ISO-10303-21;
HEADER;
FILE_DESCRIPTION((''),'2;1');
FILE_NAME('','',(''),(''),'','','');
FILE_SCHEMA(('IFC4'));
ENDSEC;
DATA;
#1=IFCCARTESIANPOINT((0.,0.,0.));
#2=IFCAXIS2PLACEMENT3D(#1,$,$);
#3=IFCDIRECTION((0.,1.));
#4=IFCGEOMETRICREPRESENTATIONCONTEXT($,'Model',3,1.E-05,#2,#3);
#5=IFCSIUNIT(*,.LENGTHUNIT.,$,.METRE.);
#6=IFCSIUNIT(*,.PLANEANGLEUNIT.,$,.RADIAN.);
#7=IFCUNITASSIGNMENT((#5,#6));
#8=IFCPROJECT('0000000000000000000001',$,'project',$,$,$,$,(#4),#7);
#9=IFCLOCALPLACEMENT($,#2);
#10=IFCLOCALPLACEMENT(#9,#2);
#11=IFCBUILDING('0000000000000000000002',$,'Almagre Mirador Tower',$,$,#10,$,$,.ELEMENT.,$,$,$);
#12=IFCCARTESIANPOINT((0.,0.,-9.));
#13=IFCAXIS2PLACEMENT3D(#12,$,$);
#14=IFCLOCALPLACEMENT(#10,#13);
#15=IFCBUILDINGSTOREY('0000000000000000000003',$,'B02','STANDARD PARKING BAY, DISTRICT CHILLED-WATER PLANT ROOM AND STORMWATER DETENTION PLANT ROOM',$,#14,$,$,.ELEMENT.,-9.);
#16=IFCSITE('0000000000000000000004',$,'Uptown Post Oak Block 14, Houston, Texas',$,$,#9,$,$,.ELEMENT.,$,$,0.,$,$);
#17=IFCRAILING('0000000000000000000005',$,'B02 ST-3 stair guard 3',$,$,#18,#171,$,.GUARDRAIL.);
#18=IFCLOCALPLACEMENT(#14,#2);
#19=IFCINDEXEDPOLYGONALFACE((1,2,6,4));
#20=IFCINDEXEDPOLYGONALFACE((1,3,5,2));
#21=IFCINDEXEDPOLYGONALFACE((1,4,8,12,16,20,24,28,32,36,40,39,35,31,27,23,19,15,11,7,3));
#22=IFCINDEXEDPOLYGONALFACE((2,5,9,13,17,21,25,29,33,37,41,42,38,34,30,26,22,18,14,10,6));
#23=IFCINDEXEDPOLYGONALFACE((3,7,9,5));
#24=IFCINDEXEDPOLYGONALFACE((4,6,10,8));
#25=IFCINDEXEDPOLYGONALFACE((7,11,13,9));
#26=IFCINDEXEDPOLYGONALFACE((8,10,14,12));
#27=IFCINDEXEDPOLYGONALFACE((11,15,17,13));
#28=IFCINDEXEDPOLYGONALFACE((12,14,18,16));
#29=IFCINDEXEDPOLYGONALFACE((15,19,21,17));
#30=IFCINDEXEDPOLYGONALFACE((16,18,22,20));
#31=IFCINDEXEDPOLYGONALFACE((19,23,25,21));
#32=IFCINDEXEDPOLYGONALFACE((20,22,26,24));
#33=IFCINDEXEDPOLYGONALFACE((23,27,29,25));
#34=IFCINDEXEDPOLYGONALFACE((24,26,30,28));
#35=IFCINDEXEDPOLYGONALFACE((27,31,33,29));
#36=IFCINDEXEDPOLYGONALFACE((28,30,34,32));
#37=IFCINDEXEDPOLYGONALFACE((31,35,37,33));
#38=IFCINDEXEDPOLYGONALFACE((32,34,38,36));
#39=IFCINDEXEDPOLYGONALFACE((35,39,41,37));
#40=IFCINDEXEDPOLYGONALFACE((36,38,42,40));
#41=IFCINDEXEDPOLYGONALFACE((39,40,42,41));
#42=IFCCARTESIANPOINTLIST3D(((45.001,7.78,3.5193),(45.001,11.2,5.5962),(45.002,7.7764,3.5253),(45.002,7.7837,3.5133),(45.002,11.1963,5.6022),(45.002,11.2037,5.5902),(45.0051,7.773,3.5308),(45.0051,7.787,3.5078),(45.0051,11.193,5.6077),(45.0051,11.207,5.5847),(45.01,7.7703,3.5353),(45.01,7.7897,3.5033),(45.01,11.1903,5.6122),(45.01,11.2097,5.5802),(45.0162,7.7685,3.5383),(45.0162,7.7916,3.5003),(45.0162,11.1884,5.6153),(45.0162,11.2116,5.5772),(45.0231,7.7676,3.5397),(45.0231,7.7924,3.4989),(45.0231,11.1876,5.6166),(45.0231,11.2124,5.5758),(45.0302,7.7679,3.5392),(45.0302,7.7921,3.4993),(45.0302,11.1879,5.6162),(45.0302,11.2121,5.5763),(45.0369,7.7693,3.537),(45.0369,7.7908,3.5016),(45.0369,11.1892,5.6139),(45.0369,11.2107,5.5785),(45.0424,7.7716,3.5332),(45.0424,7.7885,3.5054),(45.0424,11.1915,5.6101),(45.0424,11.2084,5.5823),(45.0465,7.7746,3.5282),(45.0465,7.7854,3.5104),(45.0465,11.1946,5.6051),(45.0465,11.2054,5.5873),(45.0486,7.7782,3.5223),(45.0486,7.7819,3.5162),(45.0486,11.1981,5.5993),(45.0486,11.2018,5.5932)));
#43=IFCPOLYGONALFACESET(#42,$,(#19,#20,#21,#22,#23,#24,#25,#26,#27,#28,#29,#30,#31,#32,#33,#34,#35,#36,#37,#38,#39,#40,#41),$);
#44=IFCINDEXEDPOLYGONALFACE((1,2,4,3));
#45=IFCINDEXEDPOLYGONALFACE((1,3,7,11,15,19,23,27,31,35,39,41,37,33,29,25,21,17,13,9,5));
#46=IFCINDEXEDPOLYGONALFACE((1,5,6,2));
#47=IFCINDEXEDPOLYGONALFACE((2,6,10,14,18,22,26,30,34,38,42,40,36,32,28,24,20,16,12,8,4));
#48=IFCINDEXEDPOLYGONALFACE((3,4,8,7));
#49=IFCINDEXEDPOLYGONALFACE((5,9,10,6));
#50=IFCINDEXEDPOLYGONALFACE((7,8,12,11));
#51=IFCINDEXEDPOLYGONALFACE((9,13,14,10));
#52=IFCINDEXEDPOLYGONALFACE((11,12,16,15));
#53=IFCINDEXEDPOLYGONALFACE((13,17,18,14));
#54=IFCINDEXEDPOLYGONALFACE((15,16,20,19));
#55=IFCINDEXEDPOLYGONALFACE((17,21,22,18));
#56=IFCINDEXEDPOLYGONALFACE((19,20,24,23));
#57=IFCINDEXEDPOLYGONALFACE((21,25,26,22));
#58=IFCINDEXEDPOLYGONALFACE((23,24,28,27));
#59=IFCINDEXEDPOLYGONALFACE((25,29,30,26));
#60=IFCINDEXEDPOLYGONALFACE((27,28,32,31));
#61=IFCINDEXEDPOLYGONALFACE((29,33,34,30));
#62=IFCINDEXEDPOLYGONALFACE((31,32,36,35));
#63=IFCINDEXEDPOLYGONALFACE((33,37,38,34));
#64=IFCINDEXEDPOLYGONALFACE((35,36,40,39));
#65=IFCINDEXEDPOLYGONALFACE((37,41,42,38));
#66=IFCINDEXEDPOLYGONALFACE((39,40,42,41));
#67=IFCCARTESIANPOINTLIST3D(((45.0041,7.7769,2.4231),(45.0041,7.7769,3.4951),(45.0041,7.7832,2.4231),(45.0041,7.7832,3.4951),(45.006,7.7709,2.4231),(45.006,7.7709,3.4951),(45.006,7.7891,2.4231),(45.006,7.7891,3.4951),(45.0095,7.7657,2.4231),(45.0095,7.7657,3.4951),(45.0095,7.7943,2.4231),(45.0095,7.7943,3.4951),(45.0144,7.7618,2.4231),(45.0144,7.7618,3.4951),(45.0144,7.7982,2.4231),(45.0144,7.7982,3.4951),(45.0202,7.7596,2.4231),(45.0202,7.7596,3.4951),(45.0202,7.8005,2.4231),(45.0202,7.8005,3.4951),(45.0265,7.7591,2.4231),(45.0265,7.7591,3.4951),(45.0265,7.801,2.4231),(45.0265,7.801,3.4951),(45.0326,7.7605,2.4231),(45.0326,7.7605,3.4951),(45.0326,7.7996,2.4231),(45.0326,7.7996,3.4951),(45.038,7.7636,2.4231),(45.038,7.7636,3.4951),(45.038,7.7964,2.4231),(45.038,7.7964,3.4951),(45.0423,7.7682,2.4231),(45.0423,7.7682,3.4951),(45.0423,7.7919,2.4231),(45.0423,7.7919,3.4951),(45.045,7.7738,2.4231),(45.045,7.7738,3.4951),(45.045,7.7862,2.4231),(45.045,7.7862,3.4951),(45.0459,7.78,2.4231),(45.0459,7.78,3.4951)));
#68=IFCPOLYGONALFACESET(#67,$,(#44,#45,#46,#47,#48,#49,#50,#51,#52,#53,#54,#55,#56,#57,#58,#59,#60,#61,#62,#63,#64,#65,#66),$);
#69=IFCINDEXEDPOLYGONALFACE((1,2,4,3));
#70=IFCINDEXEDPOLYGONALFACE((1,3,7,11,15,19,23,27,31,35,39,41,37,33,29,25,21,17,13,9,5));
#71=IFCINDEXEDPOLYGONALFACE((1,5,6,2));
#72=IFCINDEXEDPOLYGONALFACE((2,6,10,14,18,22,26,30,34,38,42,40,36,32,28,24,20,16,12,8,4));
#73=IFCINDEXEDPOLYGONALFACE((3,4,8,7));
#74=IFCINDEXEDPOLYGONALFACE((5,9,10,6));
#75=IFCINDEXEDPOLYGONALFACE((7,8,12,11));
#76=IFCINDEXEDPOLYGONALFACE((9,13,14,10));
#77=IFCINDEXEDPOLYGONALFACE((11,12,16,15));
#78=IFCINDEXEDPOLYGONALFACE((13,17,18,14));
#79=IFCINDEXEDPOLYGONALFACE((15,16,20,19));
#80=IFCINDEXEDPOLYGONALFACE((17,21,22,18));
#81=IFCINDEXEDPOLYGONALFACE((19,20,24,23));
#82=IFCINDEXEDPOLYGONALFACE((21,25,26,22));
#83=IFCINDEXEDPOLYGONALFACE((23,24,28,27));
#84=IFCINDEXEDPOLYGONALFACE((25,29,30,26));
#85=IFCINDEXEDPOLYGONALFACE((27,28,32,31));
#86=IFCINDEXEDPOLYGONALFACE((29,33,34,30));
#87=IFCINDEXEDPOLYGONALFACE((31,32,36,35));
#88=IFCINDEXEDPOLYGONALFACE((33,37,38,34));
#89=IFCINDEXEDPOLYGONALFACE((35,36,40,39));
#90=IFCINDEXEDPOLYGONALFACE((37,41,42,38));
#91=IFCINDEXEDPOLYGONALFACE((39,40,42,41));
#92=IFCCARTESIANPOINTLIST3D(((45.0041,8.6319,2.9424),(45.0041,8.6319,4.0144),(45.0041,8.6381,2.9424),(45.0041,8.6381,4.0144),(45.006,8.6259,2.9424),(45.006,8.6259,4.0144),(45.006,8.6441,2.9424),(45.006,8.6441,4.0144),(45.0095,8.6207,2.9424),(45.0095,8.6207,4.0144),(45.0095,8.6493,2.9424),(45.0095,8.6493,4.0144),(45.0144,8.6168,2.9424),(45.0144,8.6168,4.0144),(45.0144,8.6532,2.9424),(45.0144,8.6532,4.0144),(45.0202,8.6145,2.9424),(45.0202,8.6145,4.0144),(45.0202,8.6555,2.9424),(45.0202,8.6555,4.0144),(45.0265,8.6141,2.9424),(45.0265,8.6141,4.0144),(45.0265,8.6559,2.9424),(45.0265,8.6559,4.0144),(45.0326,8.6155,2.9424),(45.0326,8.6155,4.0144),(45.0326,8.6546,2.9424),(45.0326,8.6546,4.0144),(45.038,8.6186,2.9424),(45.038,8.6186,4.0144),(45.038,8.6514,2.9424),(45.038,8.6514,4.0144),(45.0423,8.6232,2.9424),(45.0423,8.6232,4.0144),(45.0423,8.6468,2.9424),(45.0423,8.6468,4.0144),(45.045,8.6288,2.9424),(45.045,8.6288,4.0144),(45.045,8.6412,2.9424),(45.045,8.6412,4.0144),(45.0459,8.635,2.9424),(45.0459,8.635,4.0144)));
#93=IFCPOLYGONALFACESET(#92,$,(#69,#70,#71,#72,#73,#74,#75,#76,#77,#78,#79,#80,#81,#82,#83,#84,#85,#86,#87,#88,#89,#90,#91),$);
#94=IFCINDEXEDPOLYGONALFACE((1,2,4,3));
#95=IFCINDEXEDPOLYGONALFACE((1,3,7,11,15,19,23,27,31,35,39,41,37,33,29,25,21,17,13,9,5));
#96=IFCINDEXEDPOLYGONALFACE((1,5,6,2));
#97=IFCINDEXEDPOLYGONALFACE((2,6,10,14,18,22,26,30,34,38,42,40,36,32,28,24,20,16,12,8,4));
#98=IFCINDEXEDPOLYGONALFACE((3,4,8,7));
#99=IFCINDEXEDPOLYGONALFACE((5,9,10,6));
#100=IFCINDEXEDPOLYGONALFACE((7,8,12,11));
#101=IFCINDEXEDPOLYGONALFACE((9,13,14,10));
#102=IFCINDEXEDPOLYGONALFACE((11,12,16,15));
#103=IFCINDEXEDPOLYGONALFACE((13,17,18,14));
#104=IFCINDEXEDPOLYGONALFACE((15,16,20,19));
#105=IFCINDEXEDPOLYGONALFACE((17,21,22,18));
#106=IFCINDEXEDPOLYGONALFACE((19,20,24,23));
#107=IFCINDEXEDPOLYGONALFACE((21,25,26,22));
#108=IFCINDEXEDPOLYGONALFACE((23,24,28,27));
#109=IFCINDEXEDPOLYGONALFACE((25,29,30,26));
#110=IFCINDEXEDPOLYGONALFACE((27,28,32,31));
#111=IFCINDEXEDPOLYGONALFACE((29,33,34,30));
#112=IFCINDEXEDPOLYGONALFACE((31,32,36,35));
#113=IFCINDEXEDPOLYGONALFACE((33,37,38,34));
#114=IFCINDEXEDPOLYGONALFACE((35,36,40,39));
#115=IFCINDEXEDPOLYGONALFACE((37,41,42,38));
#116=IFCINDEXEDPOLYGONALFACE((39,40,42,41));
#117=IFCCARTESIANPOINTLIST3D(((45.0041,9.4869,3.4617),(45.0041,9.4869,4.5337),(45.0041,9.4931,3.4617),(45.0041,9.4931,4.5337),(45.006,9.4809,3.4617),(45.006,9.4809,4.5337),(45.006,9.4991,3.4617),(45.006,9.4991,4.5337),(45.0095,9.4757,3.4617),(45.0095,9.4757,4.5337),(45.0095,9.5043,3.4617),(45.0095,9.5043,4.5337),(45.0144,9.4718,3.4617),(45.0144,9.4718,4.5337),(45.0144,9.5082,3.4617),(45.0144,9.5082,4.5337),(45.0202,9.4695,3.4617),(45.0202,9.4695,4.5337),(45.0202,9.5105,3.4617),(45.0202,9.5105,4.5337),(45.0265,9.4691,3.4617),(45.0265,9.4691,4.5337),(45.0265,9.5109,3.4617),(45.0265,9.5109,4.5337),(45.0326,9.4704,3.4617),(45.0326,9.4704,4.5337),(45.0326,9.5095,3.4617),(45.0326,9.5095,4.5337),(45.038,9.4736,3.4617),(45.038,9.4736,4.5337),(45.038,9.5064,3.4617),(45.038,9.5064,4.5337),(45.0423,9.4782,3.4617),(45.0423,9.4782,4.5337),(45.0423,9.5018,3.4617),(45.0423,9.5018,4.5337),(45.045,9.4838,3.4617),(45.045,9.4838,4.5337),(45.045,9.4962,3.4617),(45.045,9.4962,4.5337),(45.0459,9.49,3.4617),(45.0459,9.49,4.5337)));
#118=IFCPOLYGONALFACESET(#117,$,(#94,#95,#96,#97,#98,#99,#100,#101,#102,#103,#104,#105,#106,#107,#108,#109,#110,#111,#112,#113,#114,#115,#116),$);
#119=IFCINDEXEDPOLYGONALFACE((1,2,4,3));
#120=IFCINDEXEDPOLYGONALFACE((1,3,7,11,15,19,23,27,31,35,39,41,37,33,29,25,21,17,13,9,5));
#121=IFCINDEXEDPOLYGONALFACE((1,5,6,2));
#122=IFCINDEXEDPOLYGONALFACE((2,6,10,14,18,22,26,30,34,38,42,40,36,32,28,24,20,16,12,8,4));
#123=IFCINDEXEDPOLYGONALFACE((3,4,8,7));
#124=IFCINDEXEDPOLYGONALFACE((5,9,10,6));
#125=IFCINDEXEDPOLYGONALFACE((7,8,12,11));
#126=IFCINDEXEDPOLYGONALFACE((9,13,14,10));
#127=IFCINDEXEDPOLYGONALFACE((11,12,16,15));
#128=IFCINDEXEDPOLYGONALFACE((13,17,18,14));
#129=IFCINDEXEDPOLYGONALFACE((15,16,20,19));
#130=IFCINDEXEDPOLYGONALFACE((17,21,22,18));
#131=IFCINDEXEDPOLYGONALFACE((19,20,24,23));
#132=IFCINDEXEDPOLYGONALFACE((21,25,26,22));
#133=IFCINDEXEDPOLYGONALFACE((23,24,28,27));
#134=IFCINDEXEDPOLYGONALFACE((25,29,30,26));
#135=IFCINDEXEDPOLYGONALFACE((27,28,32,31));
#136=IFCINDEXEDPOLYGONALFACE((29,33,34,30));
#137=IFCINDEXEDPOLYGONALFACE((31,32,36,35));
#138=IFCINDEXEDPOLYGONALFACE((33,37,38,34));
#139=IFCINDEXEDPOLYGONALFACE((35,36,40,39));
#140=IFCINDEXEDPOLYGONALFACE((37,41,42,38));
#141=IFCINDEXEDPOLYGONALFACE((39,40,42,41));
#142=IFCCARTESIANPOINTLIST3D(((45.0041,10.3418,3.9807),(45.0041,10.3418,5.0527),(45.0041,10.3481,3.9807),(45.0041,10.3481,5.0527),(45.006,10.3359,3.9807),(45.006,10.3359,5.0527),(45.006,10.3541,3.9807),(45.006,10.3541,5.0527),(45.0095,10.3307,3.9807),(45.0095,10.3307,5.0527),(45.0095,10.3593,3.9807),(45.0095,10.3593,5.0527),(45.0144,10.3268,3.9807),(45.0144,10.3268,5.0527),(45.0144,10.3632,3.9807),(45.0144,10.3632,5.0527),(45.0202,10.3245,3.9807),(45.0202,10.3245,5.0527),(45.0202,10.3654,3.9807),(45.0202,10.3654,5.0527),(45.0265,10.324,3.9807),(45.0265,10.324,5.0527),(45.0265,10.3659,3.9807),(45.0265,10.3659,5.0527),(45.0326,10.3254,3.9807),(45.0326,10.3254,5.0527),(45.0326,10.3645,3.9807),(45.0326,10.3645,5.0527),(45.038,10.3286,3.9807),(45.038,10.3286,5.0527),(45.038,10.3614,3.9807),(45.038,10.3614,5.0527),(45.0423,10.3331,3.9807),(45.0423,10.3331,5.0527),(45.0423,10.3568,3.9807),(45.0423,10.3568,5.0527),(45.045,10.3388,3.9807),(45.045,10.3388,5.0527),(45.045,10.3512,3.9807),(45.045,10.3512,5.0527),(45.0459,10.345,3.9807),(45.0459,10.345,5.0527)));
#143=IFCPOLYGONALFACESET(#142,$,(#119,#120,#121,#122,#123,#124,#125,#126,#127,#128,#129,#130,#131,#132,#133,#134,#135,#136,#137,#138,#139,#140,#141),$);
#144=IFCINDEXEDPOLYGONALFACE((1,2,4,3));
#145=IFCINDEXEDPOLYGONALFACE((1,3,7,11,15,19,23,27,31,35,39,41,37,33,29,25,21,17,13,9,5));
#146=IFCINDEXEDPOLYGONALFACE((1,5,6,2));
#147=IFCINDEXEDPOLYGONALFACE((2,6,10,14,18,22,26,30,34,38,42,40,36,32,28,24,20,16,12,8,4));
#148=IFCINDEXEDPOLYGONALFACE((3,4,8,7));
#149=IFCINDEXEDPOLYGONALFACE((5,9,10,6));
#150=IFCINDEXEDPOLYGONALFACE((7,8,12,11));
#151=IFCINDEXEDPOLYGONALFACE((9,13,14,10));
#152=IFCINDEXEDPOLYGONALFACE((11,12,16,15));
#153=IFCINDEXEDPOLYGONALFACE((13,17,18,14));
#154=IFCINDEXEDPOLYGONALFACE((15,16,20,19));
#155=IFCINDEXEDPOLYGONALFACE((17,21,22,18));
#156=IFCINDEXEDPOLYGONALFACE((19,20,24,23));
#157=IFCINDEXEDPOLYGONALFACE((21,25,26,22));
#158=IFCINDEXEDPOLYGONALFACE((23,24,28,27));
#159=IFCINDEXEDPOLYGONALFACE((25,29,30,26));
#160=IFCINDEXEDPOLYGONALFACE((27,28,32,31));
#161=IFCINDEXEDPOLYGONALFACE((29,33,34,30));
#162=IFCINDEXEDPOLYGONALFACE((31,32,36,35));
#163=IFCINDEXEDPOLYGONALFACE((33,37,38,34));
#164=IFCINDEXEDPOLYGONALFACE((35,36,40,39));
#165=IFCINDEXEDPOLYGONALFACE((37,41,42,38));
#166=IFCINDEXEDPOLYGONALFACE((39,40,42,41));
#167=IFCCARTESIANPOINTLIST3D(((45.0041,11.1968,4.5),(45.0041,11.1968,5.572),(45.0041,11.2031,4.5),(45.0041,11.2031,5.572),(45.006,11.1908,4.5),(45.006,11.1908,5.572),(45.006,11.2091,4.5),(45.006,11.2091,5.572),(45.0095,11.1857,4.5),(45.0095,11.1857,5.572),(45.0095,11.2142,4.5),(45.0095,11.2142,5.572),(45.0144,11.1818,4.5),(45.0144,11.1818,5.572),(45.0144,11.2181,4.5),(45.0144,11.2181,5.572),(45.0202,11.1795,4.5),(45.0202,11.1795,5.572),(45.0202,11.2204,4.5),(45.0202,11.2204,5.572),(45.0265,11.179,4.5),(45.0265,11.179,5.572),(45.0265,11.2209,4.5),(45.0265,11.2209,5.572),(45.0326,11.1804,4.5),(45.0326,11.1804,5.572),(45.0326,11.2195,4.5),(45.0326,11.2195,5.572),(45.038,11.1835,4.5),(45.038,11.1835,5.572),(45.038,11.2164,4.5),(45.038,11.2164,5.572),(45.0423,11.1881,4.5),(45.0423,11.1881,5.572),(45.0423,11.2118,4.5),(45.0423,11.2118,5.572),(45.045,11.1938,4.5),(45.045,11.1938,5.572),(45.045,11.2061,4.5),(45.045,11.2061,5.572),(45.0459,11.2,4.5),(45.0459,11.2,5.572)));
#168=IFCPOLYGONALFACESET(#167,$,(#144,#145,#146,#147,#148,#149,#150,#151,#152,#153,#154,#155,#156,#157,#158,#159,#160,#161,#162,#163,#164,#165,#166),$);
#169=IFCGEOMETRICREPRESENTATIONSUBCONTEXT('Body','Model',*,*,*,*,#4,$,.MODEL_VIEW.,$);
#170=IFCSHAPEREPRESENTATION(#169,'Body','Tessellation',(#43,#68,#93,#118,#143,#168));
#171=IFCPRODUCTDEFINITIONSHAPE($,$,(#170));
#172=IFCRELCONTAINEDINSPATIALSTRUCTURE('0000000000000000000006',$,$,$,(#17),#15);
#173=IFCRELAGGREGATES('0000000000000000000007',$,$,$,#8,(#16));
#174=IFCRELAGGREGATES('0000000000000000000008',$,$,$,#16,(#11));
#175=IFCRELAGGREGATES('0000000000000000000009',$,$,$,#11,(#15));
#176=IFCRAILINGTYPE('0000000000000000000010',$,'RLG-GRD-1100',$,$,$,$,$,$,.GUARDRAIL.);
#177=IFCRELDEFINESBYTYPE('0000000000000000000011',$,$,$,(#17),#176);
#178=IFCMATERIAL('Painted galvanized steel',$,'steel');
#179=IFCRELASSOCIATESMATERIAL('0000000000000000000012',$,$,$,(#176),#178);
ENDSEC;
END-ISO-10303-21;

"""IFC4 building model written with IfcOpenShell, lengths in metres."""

from ifc_helpers import new_model, si_unit, direction, frame, origin, origin_2d, place, context, subcontext, project, spatial, circle, extrude, material, type_object, element, save


model = new_model("IFC4")

# Units and contexts
model_context = context("Model", 3, precision=1e-05, world=origin(), true_north=direction((0.0, 1.0)))
body_context = subcontext(model_context, "Body", "Model", "MODEL_VIEW")
ifc_project = project(units=[si_unit("LENGTHUNIT", "METRE"), si_unit("PLANEANGLEUNIT", "RADIAN")], contexts=[model_context])

# Site, building, storey
site_placement = place(None, origin())
site = spatial("IfcSite", under=ifc_project, at=site_placement, Name="Uptown Post Oak Block 14, Houston, Texas", CompositionType="ELEMENT", RefElevation=0.0)
building_placement = place(site_placement, origin())
building = spatial("IfcBuilding", under=site, at=building_placement, Name="Almagre Mirador Tower", CompositionType="ELEMENT")
storey_placement = place(building_placement, frame((0.0, 0.0, -9.0)))
storey = spatial("IfcBuildingStorey", under=building, at=storey_placement, Name="B02", Description="STANDARD PARKING BAY, DISTRICT CHILLED-WATER PLANT ROOM AND STORMWATER DETENTION PLANT ROOM", CompositionType="ELEMENT", Elevation=-9.0)

# Railing
ifc_material_1 = material(Name="Painted galvanized steel", Category="steel")
railing_type_1 = type_object("IfcRailingType", Name="RLG-GRD-1100", PredefinedType="GUARDRAIL", material=ifc_material_1)
railing_1_placement = place(storey_placement, frame((45.0249, 7.78, 2.4231)))
element("IfcRailing", 1, at=railing_1_placement, inside=storey, type_object=railing_type_1, Name="B02 ST-3 stair guard 3", PredefinedType="GUARDRAIL", context=body_context, shape_type="SweptSolid", body=[
    extrude(circle(Radius=0.0239, at=origin_2d()), frame((0.0, 0.0, 1.0962), z_axis=(0.0, 0.85473, 0.519074), x_axis=(-1.0, 0.0, 0.0)), (0.0, 0.0, 1.0), 4.0012),
    extrude(circle(Radius=0.021, at=origin_2d()), origin(), (0.0, 0.0, 1.0), 1.072),
    extrude(circle(Radius=0.021, at=origin_2d()), frame((0.0, 0.855, 0.5193)), (0.0, 0.0, 1.0), 1.072),
    extrude(circle(Radius=0.021, at=origin_2d()), frame((0.0, 1.71, 1.0386)), (0.0, 0.0, 1.0), 1.072),
    extrude(circle(Radius=0.021, at=origin_2d()), frame((0.0, 2.5649, 1.5576)), (0.0, 0.0, 1.0), 1.072),
    extrude(circle(Radius=0.021, at=origin_2d()), frame((0.0, 3.4199, 2.0769)), (0.0, 0.0, 1.0), 1.072),
])

save(model, "model.ifc")
